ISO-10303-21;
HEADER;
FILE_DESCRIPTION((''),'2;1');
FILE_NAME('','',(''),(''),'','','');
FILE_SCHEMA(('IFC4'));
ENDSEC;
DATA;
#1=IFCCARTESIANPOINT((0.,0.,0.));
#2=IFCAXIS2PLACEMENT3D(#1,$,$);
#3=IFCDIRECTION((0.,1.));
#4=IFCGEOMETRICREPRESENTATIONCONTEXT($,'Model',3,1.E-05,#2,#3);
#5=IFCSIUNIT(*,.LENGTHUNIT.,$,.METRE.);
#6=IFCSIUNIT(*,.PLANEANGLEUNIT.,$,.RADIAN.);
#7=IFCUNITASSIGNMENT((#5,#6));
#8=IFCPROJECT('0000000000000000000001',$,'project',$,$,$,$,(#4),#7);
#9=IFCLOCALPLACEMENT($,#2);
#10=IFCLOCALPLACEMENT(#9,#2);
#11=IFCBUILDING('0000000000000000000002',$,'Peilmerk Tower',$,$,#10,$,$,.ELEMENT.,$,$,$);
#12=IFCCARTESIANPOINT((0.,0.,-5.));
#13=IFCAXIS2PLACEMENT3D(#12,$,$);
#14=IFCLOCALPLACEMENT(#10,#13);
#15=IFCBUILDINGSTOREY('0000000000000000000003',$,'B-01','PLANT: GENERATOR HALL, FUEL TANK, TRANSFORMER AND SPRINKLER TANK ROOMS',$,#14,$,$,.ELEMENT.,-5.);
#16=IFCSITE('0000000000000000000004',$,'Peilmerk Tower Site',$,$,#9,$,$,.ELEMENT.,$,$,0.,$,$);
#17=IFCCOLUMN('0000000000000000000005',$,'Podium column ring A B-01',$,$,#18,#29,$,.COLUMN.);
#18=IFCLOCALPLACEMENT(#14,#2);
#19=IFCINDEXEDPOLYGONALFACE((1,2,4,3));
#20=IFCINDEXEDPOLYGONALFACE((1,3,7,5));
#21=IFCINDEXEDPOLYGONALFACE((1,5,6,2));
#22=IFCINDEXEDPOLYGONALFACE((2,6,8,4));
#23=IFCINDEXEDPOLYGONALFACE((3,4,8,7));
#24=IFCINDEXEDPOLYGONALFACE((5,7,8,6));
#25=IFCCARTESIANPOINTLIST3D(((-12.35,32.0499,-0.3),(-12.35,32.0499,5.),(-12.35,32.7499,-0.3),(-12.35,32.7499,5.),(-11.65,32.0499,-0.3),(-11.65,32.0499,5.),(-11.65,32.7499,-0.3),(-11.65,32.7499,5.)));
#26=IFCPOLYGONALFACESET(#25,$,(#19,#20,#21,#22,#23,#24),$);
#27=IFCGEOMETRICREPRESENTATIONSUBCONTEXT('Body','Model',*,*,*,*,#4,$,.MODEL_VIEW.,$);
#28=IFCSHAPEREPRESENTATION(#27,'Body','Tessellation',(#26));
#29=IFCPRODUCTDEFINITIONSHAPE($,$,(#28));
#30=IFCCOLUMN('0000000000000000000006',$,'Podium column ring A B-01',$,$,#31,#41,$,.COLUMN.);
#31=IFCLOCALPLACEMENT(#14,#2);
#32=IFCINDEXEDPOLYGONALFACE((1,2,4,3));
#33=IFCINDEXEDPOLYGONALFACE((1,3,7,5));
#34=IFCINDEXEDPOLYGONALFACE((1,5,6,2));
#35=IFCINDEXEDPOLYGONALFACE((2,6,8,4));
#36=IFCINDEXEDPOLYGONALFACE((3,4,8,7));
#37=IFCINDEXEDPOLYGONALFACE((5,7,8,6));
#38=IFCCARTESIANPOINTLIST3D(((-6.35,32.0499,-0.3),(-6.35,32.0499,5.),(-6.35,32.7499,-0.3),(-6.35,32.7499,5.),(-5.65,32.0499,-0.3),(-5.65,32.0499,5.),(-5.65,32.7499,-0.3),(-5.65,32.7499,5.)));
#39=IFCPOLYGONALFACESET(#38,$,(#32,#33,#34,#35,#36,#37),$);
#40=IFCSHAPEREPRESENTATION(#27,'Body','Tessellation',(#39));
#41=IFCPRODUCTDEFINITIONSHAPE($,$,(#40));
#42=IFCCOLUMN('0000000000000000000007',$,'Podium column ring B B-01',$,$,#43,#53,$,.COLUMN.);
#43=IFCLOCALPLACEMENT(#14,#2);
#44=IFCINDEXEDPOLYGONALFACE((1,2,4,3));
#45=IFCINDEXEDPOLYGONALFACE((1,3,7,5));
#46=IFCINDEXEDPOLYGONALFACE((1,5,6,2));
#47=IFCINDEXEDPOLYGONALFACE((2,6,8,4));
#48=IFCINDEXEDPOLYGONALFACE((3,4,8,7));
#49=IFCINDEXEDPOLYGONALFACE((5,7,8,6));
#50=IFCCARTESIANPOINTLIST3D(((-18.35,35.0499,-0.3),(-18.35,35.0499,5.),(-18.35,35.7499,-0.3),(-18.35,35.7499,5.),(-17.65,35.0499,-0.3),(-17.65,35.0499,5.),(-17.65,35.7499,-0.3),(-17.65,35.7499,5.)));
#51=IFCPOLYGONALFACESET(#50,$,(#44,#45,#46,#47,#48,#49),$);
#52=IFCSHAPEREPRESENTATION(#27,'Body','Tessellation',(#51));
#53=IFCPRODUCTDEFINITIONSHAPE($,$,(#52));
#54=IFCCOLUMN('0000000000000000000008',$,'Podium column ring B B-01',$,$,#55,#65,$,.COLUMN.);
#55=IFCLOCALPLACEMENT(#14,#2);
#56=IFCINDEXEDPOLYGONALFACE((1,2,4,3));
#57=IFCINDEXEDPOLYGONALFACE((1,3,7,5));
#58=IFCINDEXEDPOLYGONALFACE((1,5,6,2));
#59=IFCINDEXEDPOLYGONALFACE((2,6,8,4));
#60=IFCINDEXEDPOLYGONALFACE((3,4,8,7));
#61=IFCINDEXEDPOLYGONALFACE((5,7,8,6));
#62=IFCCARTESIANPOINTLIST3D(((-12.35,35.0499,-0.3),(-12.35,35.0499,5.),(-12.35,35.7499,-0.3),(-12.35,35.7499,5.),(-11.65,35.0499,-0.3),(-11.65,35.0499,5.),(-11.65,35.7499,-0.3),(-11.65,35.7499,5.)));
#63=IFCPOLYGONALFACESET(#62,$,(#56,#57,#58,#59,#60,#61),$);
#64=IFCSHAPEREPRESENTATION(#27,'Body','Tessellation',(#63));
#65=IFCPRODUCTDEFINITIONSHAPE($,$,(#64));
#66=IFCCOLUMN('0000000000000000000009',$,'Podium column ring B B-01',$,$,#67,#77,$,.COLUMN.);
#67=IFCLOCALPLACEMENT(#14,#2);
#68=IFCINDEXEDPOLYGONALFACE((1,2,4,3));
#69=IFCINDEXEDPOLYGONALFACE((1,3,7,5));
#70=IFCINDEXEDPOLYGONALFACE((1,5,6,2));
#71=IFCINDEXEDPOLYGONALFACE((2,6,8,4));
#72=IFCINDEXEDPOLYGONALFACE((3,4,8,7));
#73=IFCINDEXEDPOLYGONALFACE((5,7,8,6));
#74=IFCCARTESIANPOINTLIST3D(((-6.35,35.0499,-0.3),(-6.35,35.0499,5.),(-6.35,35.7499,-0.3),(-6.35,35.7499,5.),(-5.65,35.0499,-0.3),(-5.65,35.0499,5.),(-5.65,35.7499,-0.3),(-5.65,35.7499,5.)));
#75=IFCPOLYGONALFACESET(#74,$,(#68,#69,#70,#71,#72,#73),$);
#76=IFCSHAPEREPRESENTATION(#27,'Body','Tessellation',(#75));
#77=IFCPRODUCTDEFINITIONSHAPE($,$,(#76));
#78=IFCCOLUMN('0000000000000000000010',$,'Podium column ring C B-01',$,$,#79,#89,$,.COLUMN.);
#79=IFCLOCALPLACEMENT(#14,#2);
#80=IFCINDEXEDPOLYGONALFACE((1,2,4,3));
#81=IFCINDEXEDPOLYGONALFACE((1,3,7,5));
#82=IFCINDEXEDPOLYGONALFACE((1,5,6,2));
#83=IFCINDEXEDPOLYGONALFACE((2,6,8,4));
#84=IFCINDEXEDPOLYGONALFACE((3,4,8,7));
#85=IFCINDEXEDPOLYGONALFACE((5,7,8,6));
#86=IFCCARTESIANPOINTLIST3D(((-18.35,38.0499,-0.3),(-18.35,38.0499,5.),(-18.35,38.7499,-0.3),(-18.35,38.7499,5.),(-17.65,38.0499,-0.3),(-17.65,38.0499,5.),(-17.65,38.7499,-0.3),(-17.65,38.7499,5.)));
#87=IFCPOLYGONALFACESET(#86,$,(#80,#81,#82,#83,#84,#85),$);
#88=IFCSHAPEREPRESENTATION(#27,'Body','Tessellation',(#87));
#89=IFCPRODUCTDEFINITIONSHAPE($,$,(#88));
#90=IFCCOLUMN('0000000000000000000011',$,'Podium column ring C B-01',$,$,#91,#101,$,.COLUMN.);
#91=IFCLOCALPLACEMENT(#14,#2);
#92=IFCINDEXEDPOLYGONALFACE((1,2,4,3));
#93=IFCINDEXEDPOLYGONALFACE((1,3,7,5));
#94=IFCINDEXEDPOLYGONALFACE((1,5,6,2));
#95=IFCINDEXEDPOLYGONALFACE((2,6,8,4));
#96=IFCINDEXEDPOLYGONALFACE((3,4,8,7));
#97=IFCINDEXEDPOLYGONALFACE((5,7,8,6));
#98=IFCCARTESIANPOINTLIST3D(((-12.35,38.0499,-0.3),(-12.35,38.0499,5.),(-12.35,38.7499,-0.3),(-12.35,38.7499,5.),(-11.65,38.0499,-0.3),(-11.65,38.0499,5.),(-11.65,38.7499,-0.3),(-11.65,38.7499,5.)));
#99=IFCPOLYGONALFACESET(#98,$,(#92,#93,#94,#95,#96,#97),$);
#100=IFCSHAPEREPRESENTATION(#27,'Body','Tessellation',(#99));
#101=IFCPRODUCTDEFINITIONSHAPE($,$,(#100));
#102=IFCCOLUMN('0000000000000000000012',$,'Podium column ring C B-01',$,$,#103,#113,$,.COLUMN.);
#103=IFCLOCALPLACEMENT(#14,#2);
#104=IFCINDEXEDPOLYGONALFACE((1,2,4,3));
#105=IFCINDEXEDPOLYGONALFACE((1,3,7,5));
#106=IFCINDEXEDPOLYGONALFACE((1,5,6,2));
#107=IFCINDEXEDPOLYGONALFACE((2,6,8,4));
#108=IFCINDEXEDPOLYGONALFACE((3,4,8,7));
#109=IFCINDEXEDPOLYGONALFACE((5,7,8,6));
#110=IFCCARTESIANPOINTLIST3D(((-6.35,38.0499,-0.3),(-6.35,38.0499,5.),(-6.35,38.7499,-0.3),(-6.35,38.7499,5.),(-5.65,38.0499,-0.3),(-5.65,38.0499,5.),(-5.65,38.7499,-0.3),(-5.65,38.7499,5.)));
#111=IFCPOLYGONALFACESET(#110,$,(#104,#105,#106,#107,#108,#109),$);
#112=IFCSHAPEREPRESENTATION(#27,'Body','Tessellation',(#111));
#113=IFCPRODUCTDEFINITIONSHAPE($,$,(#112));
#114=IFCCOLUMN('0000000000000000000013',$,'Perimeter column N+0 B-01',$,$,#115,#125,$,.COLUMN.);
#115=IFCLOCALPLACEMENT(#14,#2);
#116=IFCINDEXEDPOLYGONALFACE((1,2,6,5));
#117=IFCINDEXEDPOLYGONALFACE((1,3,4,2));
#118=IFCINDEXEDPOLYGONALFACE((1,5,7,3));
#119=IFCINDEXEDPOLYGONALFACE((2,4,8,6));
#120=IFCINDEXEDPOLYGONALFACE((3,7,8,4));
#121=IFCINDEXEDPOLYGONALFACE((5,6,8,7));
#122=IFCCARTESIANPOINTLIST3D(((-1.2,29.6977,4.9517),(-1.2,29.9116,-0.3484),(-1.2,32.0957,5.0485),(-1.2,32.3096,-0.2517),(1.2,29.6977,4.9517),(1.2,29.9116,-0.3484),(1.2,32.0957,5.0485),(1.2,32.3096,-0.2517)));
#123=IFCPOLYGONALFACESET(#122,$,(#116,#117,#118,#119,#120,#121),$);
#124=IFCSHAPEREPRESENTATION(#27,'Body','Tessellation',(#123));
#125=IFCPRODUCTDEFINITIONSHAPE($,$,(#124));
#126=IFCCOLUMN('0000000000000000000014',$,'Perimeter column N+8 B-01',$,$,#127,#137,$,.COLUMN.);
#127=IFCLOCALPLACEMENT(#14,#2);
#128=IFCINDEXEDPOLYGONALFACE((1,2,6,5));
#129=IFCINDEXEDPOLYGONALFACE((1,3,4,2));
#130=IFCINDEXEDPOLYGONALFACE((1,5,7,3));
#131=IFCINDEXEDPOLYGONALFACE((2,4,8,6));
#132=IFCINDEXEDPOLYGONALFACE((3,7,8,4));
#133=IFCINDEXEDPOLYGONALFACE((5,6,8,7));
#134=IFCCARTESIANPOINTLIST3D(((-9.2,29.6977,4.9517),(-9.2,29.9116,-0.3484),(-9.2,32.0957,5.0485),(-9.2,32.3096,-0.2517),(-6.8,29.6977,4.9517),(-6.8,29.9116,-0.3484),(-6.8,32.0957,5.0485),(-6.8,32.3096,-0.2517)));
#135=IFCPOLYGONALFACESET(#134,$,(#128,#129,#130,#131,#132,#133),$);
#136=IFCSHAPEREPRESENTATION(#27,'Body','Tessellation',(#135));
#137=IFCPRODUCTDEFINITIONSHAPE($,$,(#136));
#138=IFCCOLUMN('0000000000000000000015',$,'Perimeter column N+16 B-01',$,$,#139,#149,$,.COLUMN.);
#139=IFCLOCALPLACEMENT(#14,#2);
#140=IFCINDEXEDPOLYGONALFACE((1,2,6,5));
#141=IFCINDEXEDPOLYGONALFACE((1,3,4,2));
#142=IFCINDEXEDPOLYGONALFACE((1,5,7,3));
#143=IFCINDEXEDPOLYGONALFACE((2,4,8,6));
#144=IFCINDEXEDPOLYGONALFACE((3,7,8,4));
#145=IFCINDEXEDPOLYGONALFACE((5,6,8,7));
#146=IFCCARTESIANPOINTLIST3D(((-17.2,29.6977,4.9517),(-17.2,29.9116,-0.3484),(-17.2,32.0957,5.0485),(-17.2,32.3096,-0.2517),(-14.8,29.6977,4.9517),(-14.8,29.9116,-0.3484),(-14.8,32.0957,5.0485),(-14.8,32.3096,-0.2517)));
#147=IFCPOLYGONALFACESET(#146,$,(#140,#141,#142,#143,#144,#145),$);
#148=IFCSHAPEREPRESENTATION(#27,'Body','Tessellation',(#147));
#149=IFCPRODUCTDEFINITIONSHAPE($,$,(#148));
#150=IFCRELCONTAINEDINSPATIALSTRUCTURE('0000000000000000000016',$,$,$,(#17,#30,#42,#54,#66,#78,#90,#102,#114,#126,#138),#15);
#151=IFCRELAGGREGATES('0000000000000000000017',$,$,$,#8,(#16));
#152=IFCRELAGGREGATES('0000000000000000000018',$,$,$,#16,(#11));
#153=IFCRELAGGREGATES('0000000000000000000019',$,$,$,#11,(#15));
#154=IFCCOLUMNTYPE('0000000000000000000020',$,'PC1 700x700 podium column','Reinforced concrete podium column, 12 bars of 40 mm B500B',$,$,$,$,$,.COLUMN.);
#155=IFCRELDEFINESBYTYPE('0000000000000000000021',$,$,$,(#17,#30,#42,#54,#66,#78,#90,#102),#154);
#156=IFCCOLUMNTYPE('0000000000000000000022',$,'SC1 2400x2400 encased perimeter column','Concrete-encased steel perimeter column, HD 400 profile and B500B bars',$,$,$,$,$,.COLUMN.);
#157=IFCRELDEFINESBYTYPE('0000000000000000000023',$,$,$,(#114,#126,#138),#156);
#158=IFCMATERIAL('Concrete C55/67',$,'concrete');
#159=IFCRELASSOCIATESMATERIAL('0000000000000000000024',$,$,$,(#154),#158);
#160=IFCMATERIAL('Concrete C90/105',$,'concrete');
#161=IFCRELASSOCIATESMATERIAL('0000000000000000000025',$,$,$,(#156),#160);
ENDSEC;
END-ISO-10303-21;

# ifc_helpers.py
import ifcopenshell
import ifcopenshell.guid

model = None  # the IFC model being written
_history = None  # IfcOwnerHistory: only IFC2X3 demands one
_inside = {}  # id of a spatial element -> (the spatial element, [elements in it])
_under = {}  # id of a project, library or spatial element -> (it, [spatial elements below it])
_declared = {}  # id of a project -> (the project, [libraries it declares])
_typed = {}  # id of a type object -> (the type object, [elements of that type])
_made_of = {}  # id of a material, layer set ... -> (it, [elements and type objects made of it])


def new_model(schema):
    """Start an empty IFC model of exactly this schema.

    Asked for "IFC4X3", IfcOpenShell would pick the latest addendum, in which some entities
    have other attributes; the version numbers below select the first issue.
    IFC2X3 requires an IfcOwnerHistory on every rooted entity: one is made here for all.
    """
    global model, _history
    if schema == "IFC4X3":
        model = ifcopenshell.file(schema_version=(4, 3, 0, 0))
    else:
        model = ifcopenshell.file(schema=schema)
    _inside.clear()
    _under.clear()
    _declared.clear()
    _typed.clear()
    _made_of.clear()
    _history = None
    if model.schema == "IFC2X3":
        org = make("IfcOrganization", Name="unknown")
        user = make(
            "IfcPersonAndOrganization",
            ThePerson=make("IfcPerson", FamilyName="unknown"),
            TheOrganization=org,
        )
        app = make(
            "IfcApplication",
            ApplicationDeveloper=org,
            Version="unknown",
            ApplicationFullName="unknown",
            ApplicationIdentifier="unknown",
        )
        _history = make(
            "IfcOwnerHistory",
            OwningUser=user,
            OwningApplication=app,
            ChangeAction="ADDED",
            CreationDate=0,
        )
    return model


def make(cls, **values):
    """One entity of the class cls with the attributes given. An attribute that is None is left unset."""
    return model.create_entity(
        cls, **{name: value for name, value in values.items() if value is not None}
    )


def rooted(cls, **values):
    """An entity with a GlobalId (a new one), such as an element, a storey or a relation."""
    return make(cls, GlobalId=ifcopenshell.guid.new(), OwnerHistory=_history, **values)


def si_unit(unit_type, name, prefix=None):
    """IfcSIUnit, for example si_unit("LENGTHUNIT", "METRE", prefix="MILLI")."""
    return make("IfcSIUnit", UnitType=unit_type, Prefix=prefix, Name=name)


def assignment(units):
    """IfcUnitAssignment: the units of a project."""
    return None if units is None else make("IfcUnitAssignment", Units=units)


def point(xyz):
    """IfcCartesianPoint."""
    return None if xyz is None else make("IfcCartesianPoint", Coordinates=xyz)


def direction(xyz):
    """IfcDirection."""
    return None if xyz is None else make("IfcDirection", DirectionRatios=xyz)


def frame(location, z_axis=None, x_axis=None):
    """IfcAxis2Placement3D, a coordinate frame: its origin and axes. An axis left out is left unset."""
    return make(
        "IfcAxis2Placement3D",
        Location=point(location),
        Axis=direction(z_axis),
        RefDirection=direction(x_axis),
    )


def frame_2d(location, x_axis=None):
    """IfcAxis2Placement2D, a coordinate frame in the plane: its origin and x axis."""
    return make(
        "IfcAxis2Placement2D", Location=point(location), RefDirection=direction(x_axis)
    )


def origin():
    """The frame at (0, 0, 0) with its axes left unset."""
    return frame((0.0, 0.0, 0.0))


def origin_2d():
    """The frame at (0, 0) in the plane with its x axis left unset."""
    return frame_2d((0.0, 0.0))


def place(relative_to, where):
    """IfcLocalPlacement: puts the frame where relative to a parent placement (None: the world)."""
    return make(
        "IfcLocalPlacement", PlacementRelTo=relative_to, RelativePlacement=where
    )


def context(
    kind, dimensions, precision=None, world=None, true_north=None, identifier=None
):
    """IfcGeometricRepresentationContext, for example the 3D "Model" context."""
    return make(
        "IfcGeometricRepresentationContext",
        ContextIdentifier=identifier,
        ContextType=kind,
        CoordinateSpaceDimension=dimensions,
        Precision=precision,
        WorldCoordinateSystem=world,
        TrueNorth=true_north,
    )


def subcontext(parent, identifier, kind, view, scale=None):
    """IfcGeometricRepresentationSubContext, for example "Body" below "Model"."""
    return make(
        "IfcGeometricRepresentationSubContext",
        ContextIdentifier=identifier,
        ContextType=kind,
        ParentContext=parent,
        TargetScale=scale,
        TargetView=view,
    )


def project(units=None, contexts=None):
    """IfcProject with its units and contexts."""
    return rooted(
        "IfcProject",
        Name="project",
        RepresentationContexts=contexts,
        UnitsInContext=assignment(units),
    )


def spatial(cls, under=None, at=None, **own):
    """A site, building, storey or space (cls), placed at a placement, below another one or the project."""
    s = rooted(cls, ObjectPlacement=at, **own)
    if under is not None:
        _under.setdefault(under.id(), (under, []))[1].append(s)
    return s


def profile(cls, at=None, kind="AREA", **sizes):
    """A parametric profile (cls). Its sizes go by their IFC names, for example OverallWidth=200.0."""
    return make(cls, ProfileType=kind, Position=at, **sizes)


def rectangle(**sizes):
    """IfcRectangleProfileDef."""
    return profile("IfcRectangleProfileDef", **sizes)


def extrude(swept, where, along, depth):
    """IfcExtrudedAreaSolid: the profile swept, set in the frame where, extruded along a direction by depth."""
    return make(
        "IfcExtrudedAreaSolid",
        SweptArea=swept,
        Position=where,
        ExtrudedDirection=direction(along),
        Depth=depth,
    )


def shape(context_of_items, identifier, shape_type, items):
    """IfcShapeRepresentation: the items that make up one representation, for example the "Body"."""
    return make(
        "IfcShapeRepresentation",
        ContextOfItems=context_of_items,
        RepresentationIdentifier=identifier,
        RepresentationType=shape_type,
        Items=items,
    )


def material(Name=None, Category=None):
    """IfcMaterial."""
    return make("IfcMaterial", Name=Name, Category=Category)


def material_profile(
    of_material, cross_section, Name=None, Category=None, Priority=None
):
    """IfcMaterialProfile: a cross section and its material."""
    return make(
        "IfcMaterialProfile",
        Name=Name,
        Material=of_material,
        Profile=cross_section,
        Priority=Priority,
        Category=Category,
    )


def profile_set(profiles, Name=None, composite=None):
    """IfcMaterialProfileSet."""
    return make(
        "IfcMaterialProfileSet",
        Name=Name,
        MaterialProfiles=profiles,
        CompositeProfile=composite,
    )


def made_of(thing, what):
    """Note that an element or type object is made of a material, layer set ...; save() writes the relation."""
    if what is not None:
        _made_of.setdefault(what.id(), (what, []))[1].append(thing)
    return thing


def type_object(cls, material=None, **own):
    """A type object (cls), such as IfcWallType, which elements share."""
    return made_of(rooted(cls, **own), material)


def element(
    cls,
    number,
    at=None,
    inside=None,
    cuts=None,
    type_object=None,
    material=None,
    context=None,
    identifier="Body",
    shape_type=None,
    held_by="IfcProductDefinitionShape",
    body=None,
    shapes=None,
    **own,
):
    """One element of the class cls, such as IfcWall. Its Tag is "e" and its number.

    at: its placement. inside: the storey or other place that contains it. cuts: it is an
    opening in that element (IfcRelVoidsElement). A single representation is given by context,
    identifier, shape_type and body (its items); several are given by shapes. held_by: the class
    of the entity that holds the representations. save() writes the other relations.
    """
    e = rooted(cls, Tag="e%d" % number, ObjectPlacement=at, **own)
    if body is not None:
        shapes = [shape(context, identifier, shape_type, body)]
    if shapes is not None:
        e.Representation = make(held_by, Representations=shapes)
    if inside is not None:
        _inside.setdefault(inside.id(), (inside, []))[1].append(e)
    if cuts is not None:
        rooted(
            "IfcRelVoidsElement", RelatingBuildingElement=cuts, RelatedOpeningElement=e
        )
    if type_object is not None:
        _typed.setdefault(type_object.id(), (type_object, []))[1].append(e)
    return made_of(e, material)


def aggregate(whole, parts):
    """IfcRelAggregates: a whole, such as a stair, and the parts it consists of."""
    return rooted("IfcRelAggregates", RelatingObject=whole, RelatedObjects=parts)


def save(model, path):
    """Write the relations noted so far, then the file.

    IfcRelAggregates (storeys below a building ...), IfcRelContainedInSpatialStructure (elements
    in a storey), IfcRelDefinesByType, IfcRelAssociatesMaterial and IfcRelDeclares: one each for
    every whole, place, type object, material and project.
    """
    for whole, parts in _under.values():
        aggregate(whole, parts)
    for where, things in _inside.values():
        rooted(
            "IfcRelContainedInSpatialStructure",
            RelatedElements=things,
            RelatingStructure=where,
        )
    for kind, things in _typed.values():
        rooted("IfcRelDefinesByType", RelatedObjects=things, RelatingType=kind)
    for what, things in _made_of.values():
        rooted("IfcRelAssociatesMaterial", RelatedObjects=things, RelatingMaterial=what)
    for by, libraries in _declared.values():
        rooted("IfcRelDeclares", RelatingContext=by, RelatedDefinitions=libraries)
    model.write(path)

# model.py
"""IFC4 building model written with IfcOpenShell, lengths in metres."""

from ifc_helpers import new_model, si_unit, direction, frame, origin, origin_2d, place, context, subcontext, project, spatial, rectangle, extrude, material, material_profile, profile_set, type_object, element, save


model = new_model("IFC4")

# Units and contexts
model_context = context("Model", 3, precision=1e-05, world=origin(), true_north=direction((0.0, 1.0)))
body_context = subcontext(model_context, "Body", "Model", "MODEL_VIEW")
ifc_project = project(units=[si_unit("LENGTHUNIT", "METRE"), si_unit("PLANEANGLEUNIT", "RADIAN")], contexts=[model_context])

# Site, building, storey
site_placement = place(None, origin())
site = spatial("IfcSite", under=ifc_project, at=site_placement, Name="Peilmerk Tower Site", CompositionType="ELEMENT", RefElevation=0.0)
building_placement = place(site_placement, origin())
building = spatial("IfcBuilding", under=site, at=building_placement, Name="Peilmerk Tower", CompositionType="ELEMENT")
storey_placement = place(building_placement, frame((0.0, 0.0, -5.0)))
storey = spatial("IfcBuildingStorey", under=building, at=storey_placement, Name="B-01", Description="PLANT: GENERATOR HALL, FUEL TANK, TRANSFORMER AND SPRINKLER TANK ROOMS", CompositionType="ELEMENT", Elevation=-5.0)

# Columns
ifc_material_1 = material(Name="Concrete C55/67", Category="concrete")
ifc_material_profile_1 = material_profile(ifc_material_1, rectangle(XDim=0.7, YDim=0.7, at=origin_2d()), Name="RC 700x700")
ifc_profile_set_1 = profile_set([ifc_material_profile_1], Name="Concrete C55/67")
column_type_1 = type_object("IfcColumnType", Name="PC1 700x700 podium column", Description="Reinforced concrete podium column, 12 bars of 40 mm B500B", PredefinedType="COLUMN", material=ifc_profile_set_1)
for number, where, z_axis, x_axis, name in (
    (1, (-12.0, 32.3999, -0.3), (0.0, 0.0, 1.0), (1.0, 0.0, 0.0), "Podium column ring A B-01"),
    (2, (-6.0, 32.3999, -0.3), (0.0, 0.0, 1.0), (1.0, 0.0, 0.0), "Podium column ring A B-01"),
    (3, (-18.0, 35.3999, -0.3), (0.0, 0.0, 1.0), (1.0, 0.0, 0.0), "Podium column ring B B-01"),
    (4, (-12.0, 35.3999, -0.3), (0.0, 0.0, 1.0), (1.0, 0.0, 0.0), "Podium column ring B B-01"),
    (5, (-6.0, 35.3999, -0.3), (0.0, 0.0, 1.0), (1.0, 0.0, 0.0), "Podium column ring B B-01"),
    (6, (-18.0, 38.3999, -0.3), (0.0, 0.0, 1.0), (1.0, 0.0, 0.0), "Podium column ring C B-01"),
    (7, (-12.0, 38.3999, -0.3), (0.0, 0.0, 1.0), (1.0, 0.0, 0.0), "Podium column ring C B-01"),
    (8, (-6.0, 38.3999, -0.3), (0.0, 0.0, 1.0), (1.0, 0.0, 0.0), "Podium column ring C B-01"),
):
    element("IfcColumn", number, at=place(storey_placement, frame(where, z_axis=z_axis, x_axis=x_axis)), inside=storey, type_object=column_type_1, Name=name, PredefinedType="COLUMN", context=body_context, shape_type="SweptSolid", body=[
        extrude(rectangle(XDim=0.7, YDim=0.7, at=origin_2d()), origin(), (0.0, 0.0, 1.0), 5.3),
    ])
ifc_material_2 = material(Name="Concrete C90/105", Category="concrete")
ifc_material_profile_2 = material_profile(ifc_material_2, rectangle(XDim=2.3999, YDim=2.3999, at=origin_2d()), Name="RC 2400x2400")
ifc_profile_set_2 = profile_set([ifc_material_profile_2], Name="Concrete C90/105")
column_type_2 = type_object("IfcColumnType", Name="SC1 2400x2400 encased perimeter column", Description="Concrete-encased steel perimeter column, HD 400 profile and B500B bars", PredefinedType="COLUMN", material=ifc_profile_set_2)
for number, where, z_axis, x_axis, name in (
    (9, (0.0, 31.1106, -0.3), (0.0, -0.040319, 0.999187), (1.0, 0.0, 0.0), "Perimeter column N+0 B-01"),
    (10, (-8.0, 31.1106, -0.3), (0.0, -0.040319, 0.999187), (1.0, 0.0, 0.0), "Perimeter column N+8 B-01"),
    (11, (-16.0, 31.1106, -0.3), (0.0, -0.040319, 0.999187), (1.0, 0.0, 0.0), "Perimeter column N+16 B-01"),
):
    element("IfcColumn", number, at=place(storey_placement, frame(where, z_axis=z_axis, x_axis=x_axis)), inside=storey, type_object=column_type_2, Name=name, PredefinedType="COLUMN", context=body_context, shape_type="SweptSolid", body=[
        extrude(rectangle(XDim=2.3999, YDim=2.3999, at=origin_2d()), origin(), (0.0, 0.0, 1.0), 5.3044),
    ])

save(model, "model.ifc")
